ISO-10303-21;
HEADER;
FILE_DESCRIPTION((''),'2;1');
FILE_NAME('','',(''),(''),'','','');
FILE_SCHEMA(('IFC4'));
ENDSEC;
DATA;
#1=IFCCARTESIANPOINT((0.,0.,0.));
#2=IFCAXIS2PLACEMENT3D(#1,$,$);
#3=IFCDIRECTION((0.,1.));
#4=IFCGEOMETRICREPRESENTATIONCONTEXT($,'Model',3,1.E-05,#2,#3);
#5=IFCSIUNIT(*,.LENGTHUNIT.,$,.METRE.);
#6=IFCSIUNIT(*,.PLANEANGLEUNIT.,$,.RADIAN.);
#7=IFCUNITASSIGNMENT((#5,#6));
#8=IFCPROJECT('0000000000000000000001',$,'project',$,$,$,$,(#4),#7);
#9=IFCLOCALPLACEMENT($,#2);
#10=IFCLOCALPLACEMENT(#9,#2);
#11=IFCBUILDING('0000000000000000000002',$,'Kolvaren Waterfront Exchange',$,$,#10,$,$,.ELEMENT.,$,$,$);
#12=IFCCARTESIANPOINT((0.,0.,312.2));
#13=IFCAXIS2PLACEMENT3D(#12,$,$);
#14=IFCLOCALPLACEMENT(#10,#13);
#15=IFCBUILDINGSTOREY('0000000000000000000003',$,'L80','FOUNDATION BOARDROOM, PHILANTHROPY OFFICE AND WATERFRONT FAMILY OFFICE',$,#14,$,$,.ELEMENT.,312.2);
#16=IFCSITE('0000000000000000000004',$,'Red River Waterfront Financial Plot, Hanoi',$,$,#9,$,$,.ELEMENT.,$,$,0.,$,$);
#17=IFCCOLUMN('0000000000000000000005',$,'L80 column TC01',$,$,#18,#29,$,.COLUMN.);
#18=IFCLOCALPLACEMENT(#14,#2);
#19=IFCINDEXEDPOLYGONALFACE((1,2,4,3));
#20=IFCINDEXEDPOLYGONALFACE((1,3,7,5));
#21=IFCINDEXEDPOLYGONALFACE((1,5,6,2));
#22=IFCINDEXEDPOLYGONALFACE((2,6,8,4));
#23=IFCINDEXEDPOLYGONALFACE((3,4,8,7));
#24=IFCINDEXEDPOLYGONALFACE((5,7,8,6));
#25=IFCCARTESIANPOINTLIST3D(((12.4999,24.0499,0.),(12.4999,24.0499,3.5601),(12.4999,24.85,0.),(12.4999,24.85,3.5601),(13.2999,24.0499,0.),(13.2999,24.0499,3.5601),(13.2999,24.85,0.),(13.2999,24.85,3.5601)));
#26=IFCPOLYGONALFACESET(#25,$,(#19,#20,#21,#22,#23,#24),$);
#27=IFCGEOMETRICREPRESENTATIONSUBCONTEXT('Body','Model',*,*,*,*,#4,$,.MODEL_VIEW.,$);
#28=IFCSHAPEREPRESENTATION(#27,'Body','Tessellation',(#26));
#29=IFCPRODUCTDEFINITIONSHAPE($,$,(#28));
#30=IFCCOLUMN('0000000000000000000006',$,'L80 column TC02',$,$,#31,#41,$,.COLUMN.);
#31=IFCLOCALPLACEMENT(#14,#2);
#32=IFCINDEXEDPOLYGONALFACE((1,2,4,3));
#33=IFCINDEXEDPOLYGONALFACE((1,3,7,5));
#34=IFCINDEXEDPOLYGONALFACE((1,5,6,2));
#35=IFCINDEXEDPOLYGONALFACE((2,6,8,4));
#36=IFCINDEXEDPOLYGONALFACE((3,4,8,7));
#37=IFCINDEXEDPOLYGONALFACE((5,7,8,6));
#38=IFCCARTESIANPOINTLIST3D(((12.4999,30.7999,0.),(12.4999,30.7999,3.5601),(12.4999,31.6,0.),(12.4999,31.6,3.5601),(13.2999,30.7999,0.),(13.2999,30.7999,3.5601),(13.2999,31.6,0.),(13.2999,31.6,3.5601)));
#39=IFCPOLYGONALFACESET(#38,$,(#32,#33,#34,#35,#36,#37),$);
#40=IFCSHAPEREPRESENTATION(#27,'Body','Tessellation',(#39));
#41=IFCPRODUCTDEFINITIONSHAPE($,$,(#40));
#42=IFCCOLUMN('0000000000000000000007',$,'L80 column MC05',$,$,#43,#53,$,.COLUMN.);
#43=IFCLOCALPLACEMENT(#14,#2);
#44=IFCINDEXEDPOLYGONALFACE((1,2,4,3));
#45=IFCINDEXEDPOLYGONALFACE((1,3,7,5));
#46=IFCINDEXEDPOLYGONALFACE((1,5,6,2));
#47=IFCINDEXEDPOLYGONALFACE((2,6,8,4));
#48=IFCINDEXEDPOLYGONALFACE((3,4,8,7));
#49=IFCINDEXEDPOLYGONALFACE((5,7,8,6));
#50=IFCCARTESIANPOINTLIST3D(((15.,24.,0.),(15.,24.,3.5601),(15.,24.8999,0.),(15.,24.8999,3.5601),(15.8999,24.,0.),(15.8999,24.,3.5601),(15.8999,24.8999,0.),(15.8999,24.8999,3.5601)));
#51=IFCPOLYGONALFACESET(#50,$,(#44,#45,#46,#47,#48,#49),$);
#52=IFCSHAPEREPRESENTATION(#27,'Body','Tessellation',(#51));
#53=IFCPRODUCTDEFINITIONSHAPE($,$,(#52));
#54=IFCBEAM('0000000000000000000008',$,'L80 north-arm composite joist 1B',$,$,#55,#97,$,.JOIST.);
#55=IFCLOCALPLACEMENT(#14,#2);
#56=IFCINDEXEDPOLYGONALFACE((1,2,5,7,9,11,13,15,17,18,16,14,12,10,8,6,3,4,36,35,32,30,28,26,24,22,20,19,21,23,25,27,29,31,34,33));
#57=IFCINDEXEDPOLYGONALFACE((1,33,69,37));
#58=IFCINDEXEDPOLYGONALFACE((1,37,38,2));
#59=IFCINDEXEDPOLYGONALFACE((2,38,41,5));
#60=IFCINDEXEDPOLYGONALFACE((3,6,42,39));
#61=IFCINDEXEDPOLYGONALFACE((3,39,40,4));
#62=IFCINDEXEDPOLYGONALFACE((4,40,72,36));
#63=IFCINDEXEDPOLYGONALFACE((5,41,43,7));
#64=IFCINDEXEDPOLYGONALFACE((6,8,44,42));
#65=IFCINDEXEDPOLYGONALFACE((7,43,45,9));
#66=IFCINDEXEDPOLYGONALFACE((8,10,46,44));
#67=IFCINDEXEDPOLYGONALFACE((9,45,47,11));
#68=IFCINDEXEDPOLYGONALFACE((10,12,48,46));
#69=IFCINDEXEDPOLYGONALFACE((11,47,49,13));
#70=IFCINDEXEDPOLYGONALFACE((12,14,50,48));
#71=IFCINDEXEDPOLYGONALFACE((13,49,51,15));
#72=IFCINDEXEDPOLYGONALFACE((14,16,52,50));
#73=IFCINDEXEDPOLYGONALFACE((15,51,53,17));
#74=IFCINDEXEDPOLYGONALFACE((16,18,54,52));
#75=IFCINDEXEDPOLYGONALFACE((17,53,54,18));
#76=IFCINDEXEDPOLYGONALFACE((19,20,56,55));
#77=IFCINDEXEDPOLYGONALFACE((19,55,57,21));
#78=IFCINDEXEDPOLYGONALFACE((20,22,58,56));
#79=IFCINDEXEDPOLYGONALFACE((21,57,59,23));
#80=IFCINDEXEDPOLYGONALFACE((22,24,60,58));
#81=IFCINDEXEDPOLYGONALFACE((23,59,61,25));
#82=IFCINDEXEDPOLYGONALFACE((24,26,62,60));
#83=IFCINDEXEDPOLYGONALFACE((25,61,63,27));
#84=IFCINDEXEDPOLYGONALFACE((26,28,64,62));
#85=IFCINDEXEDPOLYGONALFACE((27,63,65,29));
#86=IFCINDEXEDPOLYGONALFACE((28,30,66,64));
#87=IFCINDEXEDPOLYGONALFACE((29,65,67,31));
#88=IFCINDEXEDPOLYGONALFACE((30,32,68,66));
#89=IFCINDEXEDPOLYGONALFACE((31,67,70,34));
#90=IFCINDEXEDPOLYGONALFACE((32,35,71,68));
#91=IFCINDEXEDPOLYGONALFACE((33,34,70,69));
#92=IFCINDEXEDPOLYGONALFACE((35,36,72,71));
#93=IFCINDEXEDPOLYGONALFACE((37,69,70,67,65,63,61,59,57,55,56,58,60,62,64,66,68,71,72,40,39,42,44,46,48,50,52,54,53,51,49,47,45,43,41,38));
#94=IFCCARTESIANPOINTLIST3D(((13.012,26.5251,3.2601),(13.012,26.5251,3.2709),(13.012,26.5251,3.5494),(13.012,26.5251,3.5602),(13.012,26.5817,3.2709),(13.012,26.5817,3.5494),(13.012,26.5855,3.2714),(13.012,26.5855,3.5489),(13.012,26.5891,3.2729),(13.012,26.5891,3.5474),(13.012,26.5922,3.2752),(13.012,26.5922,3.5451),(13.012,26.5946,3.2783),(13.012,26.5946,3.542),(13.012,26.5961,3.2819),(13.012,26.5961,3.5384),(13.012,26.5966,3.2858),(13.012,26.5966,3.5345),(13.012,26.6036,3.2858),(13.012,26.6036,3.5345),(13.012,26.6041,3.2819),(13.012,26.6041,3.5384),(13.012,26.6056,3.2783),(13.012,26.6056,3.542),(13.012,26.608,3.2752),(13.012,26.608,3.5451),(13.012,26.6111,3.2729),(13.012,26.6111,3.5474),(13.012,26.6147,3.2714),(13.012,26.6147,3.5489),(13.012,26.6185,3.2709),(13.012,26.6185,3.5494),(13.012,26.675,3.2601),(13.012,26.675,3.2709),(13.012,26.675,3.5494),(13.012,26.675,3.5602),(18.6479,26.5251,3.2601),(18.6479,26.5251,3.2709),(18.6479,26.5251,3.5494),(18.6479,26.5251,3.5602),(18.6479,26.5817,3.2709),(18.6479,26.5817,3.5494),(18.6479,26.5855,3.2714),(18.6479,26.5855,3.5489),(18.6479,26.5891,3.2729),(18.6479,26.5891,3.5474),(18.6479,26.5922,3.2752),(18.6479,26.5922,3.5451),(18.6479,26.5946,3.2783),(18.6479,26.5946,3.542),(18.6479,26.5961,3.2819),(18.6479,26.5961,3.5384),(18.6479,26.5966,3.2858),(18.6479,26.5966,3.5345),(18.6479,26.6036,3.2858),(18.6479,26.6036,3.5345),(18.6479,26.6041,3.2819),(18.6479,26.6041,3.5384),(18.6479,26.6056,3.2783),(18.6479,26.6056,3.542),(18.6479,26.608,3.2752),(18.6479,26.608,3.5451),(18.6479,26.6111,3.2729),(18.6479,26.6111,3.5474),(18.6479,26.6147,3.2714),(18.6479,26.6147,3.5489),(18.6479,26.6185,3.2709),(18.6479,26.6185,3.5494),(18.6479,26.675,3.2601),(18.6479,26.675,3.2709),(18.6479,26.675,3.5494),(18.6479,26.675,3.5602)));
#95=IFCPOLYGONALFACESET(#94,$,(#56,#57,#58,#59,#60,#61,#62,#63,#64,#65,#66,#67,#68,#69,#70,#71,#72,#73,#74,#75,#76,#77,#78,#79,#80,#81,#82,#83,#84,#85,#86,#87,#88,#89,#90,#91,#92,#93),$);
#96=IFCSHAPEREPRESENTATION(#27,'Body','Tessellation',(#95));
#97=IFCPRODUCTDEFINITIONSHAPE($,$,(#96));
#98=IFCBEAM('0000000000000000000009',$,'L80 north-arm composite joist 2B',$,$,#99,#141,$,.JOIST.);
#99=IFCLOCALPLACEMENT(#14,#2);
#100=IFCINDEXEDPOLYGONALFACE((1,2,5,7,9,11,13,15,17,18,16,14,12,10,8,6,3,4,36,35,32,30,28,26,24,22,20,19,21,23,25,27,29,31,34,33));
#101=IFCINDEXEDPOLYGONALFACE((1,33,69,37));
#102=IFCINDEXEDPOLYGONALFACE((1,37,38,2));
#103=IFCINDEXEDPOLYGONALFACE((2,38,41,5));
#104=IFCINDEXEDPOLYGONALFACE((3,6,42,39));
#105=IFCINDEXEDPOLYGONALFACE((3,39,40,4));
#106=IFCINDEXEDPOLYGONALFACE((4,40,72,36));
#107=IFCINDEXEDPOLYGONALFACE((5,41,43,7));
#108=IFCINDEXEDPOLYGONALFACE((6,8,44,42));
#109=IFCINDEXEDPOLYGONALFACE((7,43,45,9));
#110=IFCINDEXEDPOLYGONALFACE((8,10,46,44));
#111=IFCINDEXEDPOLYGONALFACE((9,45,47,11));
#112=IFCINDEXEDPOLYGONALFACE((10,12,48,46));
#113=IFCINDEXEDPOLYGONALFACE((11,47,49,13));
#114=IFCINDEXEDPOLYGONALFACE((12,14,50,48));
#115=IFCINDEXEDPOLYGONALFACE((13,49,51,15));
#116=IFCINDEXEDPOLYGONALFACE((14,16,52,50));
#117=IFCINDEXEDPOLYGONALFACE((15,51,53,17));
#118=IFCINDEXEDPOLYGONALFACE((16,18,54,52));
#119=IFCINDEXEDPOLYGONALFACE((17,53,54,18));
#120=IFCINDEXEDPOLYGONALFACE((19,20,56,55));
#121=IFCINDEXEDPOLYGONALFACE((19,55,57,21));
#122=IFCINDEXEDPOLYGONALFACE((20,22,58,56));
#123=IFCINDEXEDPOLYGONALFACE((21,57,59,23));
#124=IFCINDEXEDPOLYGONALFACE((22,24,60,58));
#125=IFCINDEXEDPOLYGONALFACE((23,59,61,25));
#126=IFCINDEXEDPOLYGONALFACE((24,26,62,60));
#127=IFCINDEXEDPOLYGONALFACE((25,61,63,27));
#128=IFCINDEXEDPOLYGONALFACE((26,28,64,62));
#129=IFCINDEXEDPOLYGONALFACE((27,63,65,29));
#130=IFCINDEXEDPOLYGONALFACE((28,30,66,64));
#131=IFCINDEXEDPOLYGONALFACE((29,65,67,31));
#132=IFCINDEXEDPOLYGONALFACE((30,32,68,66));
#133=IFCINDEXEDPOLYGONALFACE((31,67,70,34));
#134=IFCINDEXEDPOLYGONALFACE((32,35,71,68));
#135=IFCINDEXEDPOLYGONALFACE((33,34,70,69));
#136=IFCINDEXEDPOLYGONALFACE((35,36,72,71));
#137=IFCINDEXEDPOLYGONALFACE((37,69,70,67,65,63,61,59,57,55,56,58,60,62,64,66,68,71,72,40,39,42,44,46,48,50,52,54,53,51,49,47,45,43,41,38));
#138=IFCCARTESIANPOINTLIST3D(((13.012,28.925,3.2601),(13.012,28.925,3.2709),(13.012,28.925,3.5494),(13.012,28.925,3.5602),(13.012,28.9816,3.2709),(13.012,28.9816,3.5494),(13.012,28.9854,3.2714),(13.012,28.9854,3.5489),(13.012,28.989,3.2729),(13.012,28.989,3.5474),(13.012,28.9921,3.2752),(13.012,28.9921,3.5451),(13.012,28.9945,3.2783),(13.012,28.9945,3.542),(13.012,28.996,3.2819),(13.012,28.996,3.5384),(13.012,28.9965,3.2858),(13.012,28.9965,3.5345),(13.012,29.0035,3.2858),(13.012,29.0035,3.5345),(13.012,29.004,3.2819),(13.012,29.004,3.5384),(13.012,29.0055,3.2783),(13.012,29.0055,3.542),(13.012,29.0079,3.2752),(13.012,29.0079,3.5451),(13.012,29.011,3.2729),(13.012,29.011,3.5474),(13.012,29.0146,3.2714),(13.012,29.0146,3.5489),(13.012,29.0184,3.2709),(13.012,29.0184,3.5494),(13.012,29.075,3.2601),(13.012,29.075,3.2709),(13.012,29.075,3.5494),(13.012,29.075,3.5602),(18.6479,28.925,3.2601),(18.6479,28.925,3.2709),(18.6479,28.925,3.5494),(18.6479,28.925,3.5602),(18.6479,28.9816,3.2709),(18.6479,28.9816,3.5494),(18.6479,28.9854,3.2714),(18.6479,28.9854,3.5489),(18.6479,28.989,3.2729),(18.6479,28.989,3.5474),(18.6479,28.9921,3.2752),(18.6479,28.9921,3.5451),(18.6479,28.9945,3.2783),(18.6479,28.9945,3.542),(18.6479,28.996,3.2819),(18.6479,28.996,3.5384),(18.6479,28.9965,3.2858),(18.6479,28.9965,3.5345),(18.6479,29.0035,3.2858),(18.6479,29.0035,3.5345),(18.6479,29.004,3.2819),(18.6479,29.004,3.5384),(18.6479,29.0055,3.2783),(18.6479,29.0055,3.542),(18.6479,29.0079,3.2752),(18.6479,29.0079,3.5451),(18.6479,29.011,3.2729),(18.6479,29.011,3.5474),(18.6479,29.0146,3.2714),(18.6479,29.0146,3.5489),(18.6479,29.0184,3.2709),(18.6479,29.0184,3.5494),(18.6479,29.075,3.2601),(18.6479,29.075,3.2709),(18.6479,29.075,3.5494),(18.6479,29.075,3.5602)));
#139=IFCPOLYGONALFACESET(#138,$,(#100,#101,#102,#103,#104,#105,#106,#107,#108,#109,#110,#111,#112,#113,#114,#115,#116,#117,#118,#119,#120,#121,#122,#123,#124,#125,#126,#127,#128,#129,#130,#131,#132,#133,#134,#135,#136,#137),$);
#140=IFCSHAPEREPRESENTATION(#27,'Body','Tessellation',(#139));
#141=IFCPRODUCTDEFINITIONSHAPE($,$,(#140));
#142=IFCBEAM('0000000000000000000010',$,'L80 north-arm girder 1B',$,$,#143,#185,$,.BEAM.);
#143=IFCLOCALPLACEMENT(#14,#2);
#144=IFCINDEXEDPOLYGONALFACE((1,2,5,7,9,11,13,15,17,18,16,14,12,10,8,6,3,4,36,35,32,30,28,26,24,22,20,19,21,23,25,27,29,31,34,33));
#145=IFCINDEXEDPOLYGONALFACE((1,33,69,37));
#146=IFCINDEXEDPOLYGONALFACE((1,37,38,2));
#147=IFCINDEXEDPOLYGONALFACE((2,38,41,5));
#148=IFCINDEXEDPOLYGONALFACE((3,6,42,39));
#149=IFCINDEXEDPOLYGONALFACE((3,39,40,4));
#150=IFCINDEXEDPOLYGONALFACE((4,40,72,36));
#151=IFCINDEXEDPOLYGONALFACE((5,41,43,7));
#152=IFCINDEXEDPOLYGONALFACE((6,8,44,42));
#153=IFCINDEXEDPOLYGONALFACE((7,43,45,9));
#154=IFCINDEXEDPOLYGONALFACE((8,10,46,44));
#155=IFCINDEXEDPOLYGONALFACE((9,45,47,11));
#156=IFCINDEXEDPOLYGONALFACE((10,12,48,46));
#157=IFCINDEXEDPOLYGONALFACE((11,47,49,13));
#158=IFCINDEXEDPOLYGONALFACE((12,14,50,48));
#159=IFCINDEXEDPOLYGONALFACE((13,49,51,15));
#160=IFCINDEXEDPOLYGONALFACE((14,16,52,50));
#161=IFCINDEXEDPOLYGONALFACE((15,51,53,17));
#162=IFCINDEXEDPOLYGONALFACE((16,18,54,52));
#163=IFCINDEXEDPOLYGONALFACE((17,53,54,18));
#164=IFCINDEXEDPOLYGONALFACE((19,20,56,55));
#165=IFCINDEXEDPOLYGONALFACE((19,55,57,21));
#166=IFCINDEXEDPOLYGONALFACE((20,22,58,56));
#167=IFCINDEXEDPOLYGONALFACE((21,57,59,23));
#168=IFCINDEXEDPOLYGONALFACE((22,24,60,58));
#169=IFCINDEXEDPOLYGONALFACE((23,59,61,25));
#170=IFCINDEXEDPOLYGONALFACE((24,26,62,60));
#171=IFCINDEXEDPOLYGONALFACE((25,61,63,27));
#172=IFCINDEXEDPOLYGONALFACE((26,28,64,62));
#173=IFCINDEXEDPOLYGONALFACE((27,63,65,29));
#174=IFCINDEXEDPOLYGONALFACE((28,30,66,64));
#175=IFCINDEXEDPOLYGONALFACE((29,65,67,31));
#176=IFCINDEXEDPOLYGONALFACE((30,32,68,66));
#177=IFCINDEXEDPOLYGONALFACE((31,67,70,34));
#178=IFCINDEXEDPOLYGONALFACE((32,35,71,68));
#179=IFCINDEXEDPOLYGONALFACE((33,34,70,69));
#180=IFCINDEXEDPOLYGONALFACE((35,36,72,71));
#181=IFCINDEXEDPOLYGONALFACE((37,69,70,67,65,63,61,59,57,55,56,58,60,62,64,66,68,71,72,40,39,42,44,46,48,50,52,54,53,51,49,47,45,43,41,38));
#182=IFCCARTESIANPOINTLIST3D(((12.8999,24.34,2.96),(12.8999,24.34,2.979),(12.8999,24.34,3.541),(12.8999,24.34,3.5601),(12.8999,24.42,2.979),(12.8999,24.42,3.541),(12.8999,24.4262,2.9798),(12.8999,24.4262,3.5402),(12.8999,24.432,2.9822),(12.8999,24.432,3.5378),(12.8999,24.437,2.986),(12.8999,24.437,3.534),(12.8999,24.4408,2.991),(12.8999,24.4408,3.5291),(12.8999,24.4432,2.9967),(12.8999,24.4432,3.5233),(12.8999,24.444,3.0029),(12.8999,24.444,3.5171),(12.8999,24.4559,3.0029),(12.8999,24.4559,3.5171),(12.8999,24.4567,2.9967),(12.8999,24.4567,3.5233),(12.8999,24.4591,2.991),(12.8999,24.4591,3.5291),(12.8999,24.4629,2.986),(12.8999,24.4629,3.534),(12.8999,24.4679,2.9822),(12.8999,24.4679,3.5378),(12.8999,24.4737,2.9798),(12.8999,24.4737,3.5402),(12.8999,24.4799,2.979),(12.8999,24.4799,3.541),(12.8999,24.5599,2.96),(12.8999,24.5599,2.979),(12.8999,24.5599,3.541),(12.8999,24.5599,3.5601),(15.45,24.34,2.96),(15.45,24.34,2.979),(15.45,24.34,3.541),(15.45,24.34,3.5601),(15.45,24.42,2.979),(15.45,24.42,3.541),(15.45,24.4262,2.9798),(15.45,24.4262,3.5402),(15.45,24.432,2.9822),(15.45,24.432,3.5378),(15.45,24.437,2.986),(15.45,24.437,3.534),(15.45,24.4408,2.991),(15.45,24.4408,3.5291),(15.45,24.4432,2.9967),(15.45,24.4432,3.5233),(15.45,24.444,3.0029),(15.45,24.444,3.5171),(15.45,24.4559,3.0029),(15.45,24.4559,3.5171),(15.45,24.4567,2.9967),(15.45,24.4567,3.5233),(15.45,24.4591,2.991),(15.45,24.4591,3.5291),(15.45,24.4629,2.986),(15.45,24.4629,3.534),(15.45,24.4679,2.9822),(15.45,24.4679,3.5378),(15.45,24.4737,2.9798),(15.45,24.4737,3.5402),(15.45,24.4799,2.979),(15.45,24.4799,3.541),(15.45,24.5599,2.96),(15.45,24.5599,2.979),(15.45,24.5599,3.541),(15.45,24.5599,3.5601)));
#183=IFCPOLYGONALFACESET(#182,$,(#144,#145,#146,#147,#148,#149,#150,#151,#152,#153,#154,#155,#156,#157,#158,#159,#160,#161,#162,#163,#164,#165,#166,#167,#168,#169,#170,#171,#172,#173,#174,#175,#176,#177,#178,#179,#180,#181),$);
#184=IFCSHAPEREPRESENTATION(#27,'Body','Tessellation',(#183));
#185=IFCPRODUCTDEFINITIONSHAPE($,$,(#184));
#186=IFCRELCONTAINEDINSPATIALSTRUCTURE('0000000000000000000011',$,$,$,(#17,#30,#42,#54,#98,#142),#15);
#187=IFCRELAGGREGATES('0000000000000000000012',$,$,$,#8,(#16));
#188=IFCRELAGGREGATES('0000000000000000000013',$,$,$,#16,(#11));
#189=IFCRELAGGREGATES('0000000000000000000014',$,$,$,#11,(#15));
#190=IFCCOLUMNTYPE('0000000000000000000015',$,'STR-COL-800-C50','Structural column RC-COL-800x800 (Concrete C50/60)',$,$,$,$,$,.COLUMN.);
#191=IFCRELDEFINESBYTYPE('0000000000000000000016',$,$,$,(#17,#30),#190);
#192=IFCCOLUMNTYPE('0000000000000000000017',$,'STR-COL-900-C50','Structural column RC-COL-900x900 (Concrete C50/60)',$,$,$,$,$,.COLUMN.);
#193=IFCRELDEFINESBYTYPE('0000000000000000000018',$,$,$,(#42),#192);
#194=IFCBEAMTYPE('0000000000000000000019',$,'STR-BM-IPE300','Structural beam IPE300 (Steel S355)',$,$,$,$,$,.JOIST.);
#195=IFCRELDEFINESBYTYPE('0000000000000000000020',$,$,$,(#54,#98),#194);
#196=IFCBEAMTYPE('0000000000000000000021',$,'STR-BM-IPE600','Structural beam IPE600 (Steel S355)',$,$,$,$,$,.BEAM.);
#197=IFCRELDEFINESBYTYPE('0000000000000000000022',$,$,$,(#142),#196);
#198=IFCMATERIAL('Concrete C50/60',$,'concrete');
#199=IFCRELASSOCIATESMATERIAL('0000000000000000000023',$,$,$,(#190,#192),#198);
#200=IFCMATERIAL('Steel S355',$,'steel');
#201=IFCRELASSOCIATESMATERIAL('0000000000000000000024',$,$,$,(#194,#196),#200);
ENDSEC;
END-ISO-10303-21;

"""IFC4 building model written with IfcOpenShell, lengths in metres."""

from ifc_helpers import new_model, si_unit, direction, frame, origin, origin_2d, place, context, subcontext, project, spatial, rectangle, i_section, extrude, material, material_profile, profile_set, type_object, element, save


model = new_model("IFC4")

# Units and contexts
model_context = context("Model", 3, precision=1e-05, world=origin(), true_north=direction((0.0, 1.0)))
body_context = subcontext(model_context, "Body", "Model", "MODEL_VIEW")
ifc_project = project(units=[si_unit("LENGTHUNIT", "METRE"), si_unit("PLANEANGLEUNIT", "RADIAN")], contexts=[model_context])

# Site, building, storey
site_placement = place(None, origin())
site = spatial("IfcSite", under=ifc_project, at=site_placement, Name="Red River Waterfront Financial Plot, Hanoi", CompositionType="ELEMENT", RefElevation=0.0)
building_placement = place(site_placement, origin())
building = spatial("IfcBuilding", under=site, at=building_placement, Name="Kolvaren Waterfront Exchange", CompositionType="ELEMENT")
storey_placement = place(building_placement, frame((0.0, 0.0, 312.2)))
storey = spatial("IfcBuildingStorey", under=building, at=storey_placement, Name="L80", Description="FOUNDATION BOARDROOM, PHILANTHROPY OFFICE AND WATERFRONT FAMILY OFFICE", CompositionType="ELEMENT", Elevation=312.2)

# Columns
ifc_material_1 = material(Name="Concrete C50/60", Category="concrete")
ifc_material_profile_1 = material_profile(ifc_material_1, rectangle(XDim=0.8, YDim=0.8, at=origin_2d()), Name="RC-COL-800x800")
ifc_profile_set_1 = profile_set([ifc_material_profile_1], Name="Concrete C50/60")
column_type_1 = type_object("IfcColumnType", Name="STR-COL-800-C50", Description="Structural column RC-COL-800x800 (Concrete C50/60)", PredefinedType="COLUMN", material=ifc_profile_set_1)
for number, where, z_axis, x_axis, name in (
    (1, (12.8999, 24.45, 0.0), (0.0, 0.0, 1.0), (1.0, 0.0, 0.0), "L80 column TC01"),
    (2, (12.8999, 31.2, 0.0), (0.0, 0.0, 1.0), (1.0, 0.0, 0.0), "L80 column TC02"),
):
    element("IfcColumn", number, at=place(storey_placement, frame(where, z_axis=z_axis, x_axis=x_axis)), inside=storey, type_object=column_type_1, Name=name, PredefinedType="COLUMN", context=body_context, shape_type="SweptSolid", body=[
        extrude(rectangle(XDim=0.8, YDim=0.8, at=origin_2d()), origin(), (0.0, 0.0, 1.0), 3.5601),
    ])
ifc_material_profile_2 = material_profile(ifc_material_1, rectangle(XDim=0.8999, YDim=0.8999, at=origin_2d()), Name="RC-COL-900x900")
ifc_profile_set_2 = profile_set([ifc_material_profile_2], Name="Concrete C50/60")
column_type_2 = type_object("IfcColumnType", Name="STR-COL-900-C50", Description="Structural column RC-COL-900x900 (Concrete C50/60)", PredefinedType="COLUMN", material=ifc_profile_set_2)
column_placement = place(storey_placement, frame((15.45, 24.45, 0.0), z_axis=(0.0, 0.0, 1.0), x_axis=(1.0, 0.0, 0.0)))
element("IfcColumn", 3, at=column_placement, inside=storey, type_object=column_type_2, Name="L80 column MC05", PredefinedType="COLUMN", context=body_context, shape_type="SweptSolid", body=[
    extrude(rectangle(XDim=0.8999, YDim=0.8999, at=origin_2d()), origin(), (0.0, 0.0, 1.0), 3.5601),
])

# Beams
ifc_material_2 = material(Name="Steel S355", Category="steel")
ifc_material_profile_3 = material_profile(ifc_material_2, i_section(OverallWidth=0.1499, OverallDepth=0.3, WebThickness=0.0071, FlangeThickness=0.0107, FilletRadius=0.0149, at=origin_2d()), Name="IPE300")
ifc_profile_set_3 = profile_set([ifc_material_profile_3], Name="Steel S355")
beam_type_1 = type_object("IfcBeamType", Name="STR-BM-IPE300", Description="Structural beam IPE300 (Steel S355)", PredefinedType="JOIST", material=ifc_profile_set_3)
for number, where, z_axis, x_axis, name in (
    (4, (13.012, 26.6001, 3.4102), (1.0, 0.0, 0.0), (0.0, 1.0, 0.0), "L80 north-arm composite joist 1B"),
    (5, (13.012, 29.0, 3.4102), (1.0, 0.0, 0.0), (0.0, 1.0, 0.0), "L80 north-arm composite joist 2B"),
):
    element("IfcBeam", number, at=place(storey_placement, frame(where, z_axis=z_axis, x_axis=x_axis)), inside=storey, type_object=beam_type_1, Name=name, PredefinedType="JOIST", context=body_context, shape_type="SweptSolid", body=[
        extrude(i_section(OverallWidth=0.1499, OverallDepth=0.3, WebThickness=0.0071, FlangeThickness=0.0107, FilletRadius=0.0149, at=origin_2d()), origin(), (0.0, 0.0, 1.0), 5.636),
    ])
ifc_material_profile_4 = material_profile(ifc_material_2, i_section(OverallWidth=0.22, OverallDepth=0.6001, WebThickness=0.012, FlangeThickness=0.019, FilletRadius=0.0239, at=origin_2d()), Name="IPE600")
ifc_profile_set_4 = profile_set([ifc_material_profile_4], Name="Steel S355")
beam_type_2 = type_object("IfcBeamType", Name="STR-BM-IPE600", Description="Structural beam IPE600 (Steel S355)", PredefinedType="BEAM", material=ifc_profile_set_4)
beam_1_placement = place(storey_placement, frame((12.8999, 24.45, 3.26), z_axis=(1.0, 0.0, 0.0), x_axis=(0.0, 1.0, 0.0)))
element("IfcBeam", 6, at=beam_1_placement, inside=storey, type_object=beam_type_2, Name="L80 north-arm girder 1B", PredefinedType="BEAM", context=body_context, shape_type="SweptSolid", body=[
    extrude(i_section(OverallWidth=0.22, OverallDepth=0.6001, WebThickness=0.012, FlangeThickness=0.019, FilletRadius=0.0239, at=origin_2d()), origin(), (0.0, 0.0, 1.0), 2.55),
])

save(model, "model.ifc")
